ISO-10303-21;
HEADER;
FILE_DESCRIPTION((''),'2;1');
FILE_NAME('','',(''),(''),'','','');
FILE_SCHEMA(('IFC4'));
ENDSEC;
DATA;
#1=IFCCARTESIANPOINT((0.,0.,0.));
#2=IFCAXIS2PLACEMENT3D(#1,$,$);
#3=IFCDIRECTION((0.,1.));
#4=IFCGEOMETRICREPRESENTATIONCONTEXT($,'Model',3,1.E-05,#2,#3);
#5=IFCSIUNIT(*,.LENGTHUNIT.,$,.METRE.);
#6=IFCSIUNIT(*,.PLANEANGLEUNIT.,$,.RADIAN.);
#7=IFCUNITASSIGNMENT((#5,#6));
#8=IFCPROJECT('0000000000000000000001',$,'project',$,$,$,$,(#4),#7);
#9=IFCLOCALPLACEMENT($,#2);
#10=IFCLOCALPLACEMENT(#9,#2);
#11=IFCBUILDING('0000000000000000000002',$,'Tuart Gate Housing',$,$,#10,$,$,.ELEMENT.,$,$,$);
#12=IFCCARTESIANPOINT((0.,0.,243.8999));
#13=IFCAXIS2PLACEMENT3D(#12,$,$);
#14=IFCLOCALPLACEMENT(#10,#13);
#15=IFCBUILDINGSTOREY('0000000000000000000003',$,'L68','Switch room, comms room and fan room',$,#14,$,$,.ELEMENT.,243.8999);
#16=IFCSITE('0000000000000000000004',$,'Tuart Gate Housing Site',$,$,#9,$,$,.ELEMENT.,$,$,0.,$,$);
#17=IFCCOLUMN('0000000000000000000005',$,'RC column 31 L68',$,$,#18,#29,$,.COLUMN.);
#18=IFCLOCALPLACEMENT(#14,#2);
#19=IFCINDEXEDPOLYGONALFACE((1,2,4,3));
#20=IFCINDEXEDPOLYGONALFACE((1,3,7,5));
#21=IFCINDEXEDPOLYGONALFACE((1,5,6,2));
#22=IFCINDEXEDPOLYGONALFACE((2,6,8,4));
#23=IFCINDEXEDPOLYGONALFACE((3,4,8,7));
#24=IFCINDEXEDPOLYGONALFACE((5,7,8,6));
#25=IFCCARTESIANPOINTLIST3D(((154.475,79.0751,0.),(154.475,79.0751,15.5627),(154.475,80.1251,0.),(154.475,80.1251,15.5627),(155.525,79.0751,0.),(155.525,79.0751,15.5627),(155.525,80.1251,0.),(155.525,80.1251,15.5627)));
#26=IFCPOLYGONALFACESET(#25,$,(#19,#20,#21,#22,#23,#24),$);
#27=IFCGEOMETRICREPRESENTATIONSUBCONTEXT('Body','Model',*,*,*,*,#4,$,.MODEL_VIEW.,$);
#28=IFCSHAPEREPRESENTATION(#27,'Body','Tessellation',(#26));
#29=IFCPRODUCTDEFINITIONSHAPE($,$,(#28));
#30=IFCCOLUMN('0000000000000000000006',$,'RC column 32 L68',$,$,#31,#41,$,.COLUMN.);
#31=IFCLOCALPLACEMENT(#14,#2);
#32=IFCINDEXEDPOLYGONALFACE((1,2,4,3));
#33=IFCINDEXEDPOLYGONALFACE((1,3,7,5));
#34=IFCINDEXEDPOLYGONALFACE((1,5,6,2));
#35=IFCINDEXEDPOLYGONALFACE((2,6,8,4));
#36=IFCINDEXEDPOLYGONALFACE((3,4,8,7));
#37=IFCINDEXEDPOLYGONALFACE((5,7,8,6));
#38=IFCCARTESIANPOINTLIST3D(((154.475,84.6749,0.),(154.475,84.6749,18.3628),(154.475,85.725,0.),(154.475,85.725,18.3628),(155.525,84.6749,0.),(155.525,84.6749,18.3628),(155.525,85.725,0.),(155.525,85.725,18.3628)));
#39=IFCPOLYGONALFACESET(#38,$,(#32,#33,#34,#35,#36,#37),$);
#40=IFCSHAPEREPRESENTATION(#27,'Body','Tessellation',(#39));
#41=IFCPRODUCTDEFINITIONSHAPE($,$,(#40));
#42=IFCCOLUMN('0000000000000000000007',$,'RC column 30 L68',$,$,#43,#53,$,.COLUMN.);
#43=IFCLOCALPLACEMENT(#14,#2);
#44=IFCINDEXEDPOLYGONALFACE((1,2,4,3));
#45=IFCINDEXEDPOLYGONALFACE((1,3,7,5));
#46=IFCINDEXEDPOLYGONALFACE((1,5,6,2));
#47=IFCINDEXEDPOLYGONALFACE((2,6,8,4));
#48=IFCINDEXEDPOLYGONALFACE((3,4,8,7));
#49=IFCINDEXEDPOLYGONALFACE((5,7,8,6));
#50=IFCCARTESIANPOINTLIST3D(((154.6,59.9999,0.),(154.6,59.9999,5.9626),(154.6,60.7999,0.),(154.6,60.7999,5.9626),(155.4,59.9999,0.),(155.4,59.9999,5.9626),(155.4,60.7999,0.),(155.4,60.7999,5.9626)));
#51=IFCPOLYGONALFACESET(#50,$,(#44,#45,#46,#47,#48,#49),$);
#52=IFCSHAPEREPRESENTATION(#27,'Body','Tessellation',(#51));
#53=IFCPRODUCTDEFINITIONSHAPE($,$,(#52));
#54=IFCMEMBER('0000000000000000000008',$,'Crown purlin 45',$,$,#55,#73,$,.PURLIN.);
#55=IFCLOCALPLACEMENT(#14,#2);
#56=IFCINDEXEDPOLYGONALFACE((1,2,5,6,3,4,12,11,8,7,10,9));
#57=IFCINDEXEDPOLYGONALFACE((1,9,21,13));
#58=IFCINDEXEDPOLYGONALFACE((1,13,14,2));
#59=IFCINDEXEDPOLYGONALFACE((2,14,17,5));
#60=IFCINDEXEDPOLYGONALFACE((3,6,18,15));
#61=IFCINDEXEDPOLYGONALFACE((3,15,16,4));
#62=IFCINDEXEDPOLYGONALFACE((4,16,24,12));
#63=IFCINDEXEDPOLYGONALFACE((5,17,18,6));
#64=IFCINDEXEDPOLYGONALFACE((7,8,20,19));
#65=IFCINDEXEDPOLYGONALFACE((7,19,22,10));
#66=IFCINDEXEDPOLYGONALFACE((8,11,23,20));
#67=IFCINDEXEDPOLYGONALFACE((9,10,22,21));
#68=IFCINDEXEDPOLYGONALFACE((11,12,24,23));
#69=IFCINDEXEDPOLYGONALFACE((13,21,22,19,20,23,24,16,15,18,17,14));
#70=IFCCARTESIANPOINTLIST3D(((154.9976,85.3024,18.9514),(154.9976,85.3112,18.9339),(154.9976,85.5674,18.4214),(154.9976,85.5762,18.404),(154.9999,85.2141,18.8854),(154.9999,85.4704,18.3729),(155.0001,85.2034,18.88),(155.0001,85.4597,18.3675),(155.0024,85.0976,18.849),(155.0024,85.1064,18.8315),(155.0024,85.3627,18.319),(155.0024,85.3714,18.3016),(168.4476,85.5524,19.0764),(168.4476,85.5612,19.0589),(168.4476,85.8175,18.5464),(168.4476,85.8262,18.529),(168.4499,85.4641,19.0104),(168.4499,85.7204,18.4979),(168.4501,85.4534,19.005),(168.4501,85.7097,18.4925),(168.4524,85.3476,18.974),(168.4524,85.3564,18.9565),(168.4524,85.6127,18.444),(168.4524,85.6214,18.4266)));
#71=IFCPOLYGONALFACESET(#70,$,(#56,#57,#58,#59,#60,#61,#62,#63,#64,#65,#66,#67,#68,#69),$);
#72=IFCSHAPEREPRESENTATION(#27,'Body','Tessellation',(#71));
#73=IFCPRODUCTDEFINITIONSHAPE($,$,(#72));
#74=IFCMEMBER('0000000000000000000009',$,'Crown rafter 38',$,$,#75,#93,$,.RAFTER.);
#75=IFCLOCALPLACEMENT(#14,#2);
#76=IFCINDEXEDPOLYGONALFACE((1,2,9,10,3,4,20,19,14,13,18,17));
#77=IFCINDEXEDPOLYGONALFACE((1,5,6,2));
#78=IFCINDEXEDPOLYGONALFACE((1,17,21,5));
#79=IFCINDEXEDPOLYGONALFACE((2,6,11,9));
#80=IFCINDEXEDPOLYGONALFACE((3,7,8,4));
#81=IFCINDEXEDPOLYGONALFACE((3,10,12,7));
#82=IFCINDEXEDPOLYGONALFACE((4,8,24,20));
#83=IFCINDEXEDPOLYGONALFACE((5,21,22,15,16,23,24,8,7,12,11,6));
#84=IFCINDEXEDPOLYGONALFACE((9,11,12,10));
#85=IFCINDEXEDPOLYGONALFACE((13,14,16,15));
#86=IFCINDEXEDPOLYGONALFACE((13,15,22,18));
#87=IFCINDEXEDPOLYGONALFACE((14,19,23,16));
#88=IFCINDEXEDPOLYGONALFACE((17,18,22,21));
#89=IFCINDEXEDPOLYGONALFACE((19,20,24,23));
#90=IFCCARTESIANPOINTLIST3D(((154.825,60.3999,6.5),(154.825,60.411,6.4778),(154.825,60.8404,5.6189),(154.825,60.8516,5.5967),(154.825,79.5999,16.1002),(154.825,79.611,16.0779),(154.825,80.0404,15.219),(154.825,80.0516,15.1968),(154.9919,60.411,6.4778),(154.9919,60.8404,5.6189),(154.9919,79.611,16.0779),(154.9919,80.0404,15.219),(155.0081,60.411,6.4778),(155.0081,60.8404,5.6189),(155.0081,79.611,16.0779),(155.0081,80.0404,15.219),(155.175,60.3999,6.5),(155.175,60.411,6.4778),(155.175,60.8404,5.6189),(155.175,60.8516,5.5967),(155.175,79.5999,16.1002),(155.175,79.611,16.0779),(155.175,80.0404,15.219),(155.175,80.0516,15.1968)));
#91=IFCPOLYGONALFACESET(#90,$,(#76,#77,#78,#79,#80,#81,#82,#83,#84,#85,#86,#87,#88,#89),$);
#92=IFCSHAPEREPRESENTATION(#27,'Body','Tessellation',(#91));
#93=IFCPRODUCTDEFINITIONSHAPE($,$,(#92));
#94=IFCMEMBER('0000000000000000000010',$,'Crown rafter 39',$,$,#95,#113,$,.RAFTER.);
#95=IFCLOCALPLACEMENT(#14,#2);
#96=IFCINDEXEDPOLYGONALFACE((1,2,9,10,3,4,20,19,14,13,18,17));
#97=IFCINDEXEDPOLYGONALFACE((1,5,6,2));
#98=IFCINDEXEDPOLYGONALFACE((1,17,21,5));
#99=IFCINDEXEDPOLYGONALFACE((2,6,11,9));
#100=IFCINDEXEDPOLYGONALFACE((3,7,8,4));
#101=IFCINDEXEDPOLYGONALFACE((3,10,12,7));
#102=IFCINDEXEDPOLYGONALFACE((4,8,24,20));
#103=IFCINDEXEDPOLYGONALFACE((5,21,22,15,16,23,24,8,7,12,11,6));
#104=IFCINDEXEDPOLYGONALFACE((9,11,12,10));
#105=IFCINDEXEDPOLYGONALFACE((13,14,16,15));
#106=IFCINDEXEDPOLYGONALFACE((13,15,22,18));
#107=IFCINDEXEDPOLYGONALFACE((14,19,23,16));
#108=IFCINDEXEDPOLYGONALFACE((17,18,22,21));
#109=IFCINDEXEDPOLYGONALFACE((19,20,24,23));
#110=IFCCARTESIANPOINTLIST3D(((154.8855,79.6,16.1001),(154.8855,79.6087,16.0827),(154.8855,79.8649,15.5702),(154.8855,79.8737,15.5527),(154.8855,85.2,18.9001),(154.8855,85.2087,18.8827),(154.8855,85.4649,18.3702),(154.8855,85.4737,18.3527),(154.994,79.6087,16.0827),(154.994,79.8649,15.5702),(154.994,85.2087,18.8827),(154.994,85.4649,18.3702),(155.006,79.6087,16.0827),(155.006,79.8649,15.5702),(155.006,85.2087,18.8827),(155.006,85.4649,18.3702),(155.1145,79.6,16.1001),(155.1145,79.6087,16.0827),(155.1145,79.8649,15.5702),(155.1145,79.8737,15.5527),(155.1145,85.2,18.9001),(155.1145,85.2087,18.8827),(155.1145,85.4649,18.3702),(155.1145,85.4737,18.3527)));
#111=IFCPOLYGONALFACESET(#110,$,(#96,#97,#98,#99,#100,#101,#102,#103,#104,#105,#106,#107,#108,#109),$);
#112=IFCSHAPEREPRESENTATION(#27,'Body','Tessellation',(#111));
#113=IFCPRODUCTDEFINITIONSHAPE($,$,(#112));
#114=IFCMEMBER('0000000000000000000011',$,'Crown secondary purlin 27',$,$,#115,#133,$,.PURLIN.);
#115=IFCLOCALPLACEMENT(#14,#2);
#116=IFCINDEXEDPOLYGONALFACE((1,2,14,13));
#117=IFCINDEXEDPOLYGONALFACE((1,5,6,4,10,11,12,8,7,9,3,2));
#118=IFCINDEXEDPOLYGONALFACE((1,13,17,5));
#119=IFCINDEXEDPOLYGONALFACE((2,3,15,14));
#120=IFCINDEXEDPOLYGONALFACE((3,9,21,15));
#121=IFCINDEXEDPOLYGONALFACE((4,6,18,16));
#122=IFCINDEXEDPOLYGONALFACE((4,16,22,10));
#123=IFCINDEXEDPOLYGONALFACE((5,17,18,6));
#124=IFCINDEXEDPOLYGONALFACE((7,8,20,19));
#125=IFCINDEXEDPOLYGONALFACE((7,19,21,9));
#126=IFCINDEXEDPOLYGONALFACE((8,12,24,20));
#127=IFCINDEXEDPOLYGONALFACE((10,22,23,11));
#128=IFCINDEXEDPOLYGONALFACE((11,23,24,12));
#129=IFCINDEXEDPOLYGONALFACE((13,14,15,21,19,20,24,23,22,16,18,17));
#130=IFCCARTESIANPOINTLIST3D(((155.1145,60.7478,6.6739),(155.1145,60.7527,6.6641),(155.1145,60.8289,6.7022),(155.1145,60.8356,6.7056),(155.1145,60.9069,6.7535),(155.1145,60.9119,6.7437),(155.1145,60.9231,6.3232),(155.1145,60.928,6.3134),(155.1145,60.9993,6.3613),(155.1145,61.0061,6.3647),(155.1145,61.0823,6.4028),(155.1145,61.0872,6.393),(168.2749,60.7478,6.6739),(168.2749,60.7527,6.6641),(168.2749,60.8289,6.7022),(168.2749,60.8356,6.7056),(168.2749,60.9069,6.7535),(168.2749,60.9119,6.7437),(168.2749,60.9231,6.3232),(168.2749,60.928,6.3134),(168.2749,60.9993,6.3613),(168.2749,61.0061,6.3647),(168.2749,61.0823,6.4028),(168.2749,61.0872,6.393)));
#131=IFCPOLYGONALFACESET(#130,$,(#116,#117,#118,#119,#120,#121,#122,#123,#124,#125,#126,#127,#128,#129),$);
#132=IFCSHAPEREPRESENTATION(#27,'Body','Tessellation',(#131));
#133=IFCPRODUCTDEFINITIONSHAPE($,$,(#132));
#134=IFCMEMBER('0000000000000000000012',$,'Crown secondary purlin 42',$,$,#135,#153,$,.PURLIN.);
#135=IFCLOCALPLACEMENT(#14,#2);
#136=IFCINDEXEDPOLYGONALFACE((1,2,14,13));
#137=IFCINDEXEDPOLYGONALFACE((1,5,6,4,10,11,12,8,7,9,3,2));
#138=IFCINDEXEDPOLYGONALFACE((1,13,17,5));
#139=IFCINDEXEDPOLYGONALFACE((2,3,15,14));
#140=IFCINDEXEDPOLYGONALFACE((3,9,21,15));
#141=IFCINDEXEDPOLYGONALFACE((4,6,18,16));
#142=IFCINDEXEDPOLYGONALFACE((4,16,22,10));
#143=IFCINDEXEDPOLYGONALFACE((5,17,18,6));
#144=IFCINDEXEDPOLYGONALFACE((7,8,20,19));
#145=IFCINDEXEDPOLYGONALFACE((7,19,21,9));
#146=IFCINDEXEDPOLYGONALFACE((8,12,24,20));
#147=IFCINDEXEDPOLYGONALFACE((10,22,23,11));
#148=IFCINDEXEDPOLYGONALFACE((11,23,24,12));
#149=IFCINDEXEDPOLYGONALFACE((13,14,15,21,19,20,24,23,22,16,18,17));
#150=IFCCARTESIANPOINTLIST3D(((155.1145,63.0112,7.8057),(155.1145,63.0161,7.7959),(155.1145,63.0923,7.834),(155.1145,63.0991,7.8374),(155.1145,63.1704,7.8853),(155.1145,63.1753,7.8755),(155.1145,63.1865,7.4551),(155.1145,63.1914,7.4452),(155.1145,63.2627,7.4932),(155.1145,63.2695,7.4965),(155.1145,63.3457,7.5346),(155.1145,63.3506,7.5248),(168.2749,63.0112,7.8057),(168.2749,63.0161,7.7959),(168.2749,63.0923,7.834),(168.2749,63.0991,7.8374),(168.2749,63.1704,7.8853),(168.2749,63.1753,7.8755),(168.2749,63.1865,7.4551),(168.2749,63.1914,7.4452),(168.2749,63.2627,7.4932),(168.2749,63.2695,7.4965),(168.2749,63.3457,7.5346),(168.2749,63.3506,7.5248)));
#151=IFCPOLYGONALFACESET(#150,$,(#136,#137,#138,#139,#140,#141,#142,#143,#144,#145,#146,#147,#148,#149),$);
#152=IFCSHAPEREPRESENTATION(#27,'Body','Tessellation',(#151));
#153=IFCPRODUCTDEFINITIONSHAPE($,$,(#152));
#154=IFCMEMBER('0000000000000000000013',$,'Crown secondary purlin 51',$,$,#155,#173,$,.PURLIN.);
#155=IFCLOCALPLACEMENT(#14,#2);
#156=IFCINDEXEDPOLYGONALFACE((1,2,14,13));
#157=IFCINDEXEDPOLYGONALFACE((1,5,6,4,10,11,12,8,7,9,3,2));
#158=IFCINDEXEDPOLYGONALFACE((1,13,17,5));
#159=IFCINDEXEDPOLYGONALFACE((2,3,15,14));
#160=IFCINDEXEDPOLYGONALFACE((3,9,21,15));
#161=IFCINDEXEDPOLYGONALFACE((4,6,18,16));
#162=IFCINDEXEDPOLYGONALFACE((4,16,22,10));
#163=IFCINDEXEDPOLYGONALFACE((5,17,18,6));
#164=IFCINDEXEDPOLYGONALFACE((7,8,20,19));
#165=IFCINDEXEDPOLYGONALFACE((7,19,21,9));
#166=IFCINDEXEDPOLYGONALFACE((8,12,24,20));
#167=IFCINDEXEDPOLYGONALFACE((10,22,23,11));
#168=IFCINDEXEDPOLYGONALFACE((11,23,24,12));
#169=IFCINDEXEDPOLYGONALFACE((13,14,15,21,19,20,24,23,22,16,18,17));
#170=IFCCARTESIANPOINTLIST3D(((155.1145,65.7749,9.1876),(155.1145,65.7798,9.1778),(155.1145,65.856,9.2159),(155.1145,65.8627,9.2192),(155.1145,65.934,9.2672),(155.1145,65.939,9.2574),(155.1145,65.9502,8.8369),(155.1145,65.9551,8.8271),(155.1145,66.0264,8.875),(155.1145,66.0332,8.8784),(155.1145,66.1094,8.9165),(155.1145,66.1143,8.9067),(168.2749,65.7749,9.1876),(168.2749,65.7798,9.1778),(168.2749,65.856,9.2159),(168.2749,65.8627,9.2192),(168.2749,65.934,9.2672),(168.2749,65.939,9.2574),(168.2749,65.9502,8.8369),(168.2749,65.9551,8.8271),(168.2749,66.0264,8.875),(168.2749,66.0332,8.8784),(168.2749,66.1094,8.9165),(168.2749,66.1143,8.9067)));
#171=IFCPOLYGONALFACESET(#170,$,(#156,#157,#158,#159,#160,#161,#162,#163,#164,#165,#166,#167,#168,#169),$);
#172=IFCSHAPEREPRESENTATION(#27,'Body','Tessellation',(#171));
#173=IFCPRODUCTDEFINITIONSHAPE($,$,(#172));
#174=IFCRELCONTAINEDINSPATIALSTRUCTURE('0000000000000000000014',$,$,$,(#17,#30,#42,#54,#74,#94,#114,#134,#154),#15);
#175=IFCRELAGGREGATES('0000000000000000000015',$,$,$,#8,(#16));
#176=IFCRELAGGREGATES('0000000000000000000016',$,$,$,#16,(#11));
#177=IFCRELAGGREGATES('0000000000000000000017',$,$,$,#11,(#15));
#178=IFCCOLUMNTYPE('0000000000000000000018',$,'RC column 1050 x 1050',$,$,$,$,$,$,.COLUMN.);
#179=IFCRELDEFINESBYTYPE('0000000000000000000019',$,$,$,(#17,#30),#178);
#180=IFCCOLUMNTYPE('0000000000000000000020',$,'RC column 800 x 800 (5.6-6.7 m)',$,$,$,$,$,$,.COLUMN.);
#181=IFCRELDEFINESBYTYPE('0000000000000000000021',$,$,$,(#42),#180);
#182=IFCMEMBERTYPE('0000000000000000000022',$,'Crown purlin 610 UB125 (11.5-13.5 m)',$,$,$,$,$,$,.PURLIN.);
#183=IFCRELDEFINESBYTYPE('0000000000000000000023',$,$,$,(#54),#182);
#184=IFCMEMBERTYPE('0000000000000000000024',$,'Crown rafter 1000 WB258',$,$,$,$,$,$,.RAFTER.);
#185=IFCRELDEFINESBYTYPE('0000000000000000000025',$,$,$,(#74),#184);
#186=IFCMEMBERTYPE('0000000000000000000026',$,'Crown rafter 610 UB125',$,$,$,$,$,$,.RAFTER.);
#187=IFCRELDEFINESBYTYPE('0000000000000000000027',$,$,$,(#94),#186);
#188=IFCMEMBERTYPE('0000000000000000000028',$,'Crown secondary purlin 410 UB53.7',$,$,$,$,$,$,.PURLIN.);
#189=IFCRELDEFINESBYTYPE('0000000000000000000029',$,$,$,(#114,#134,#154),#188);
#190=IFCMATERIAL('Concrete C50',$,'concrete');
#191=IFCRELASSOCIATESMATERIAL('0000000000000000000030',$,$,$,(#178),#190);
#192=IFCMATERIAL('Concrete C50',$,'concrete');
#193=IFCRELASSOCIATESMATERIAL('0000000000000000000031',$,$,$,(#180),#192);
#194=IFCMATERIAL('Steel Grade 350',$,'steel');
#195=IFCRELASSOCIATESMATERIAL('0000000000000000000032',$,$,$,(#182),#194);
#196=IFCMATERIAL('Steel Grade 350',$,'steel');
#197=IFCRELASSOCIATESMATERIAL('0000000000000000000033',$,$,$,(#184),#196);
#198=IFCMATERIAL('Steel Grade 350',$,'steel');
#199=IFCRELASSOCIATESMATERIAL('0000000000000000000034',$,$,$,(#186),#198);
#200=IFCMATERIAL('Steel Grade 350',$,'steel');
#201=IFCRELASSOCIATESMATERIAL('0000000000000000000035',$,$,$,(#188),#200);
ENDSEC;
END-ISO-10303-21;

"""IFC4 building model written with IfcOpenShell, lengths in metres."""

from ifc_helpers import new_model, si_unit, direction, frame, origin, origin_2d, place, context, subcontext, project, spatial, rectangle, i_section, extrude, material, material_profile, profile_set, type_object, element, save


model = new_model("IFC4")

# Units and contexts
model_context = context("Model", 3, precision=1e-05, world=origin(), true_north=direction((0.0, 1.0)))
body_context = subcontext(model_context, "Body", "Model", "MODEL_VIEW")
ifc_project = project(units=[si_unit("LENGTHUNIT", "METRE"), si_unit("PLANEANGLEUNIT", "RADIAN")], contexts=[model_context])

# Site, building, storey
site_placement = place(None, origin())
site = spatial("IfcSite", under=ifc_project, at=site_placement, Name="Tuart Gate Housing Site", CompositionType="ELEMENT", RefElevation=0.0)
building_placement = place(site_placement, origin())
building = spatial("IfcBuilding", under=site, at=building_placement, Name="Tuart Gate Housing", CompositionType="ELEMENT")
storey_placement = place(building_placement, frame((0.0, 0.0, 243.8999)))
storey = spatial("IfcBuildingStorey", under=building, at=storey_placement, Name="L68", Description="Switch room, comms room and fan room", CompositionType="ELEMENT", Elevation=243.8999)

# Columns
ifc_material_1 = material(Name="Concrete C50", Category="concrete")
ifc_material_profile_1 = material_profile(ifc_material_1, rectangle(XDim=1.05, YDim=1.05, at=origin_2d()), Name="RC column 1050 x 1050")
ifc_profile_set_1 = profile_set([ifc_material_profile_1], Name="Concrete C50")
column_type_1 = type_object("IfcColumnType", Name="RC column 1050 x 1050", PredefinedType="COLUMN", material=ifc_profile_set_1)
column_1_placement = place(storey_placement, frame((155.0, 79.6001, 0.0), z_axis=(0.0, 0.0, 1.0), x_axis=(1.0, 0.0, 0.0)))
element("IfcColumn", 1, at=column_1_placement, inside=storey, type_object=column_type_1, Name="RC column 31 L68", PredefinedType="COLUMN", context=body_context, shape_type="SweptSolid", body=[
    extrude(rectangle(XDim=1.05, YDim=1.05, at=origin_2d()), origin(), (0.0, 0.0, 1.0), 15.5627),
])
column_2_placement = place(storey_placement, frame((155.0, 85.2, 0.0), z_axis=(0.0, 0.0, 1.0), x_axis=(1.0, 0.0, 0.0)))
element("IfcColumn", 2, at=column_2_placement, inside=storey, type_object=column_type_1, Name="RC column 32 L68", PredefinedType="COLUMN", context=body_context, shape_type="SweptSolid", body=[
    extrude(rectangle(XDim=1.05, YDim=1.05, at=origin_2d()), origin(), (0.0, 0.0, 1.0), 18.3628),
])
ifc_material_2 = material(Name="Concrete C50", Category="concrete")
ifc_material_profile_2 = material_profile(ifc_material_2, rectangle(XDim=0.8, YDim=0.8, at=origin_2d()), Name="RC column 800 x 800 (5.6-6.7 m)")
ifc_profile_set_2 = profile_set([ifc_material_profile_2], Name="Concrete C50")
column_type_2 = type_object("IfcColumnType", Name="RC column 800 x 800 (5.6-6.7 m)", PredefinedType="COLUMN", material=ifc_profile_set_2)
column_3_placement = place(storey_placement, frame((155.0, 60.3999, 0.0), z_axis=(0.0, 0.0, 1.0), x_axis=(1.0, 0.0, 0.0)))
element("IfcColumn", 3, at=column_3_placement, inside=storey, type_object=column_type_2, Name="RC column 30 L68", PredefinedType="COLUMN", context=body_context, shape_type="SweptSolid", body=[
    extrude(rectangle(XDim=0.8, YDim=0.8, at=origin_2d()), origin(), (0.0, 0.0, 1.0), 5.9626),
])

# Members
ifc_material_3 = material(Name="Steel Grade 350", Category="steel")
ifc_material_profile_3 = material_profile(ifc_material_3, i_section(OverallWidth=0.229, OverallDepth=0.6121, WebThickness=0.012, FlangeThickness=0.0195, at=origin_2d()), Name="610UB125")
ifc_profile_set_3 = profile_set([ifc_material_profile_3], Name="Steel Grade 350")
member_type_1 = type_object("IfcMemberType", Name="Crown purlin 610 UB125 (11.5-13.5 m)", PredefinedType="PURLIN", material=ifc_profile_set_3)
member_1_placement = place(storey_placement, frame((155.0, 85.3369, 18.6265), z_axis=(0.999784, 0.018583, 0.009292), x_axis=(-0.020777, 0.894195, 0.447195)))
element("IfcMember", 4, at=member_1_placement, inside=storey, type_object=member_type_1, Name="Crown purlin 45", PredefinedType="PURLIN", context=body_context, shape_type="SweptSolid", body=[
    extrude(i_section(OverallWidth=0.229, OverallDepth=0.6121, WebThickness=0.012, FlangeThickness=0.0195, at=origin_2d()), origin(), (0.0, 0.0, 1.0), 13.4529),
])
ifc_material_4 = material(Name="Steel Grade 350", Category="steel")
ifc_material_profile_4 = material_profile(ifc_material_4, i_section(OverallWidth=0.3501, OverallDepth=1.01, WebThickness=0.0161, FlangeThickness=0.0249, at=origin_2d()), Name="1000WB258")
ifc_profile_set_4 = profile_set([ifc_material_profile_4], Name="Steel Grade 350")
member_type_2 = type_object("IfcMemberType", Name="Crown rafter 1000 WB258", PredefinedType="RAFTER", material=ifc_profile_set_4)
member_2_placement = place(storey_placement, frame((155.0, 60.6257, 6.0483), z_axis=(0.0, 0.894425, 0.447218), x_axis=(-1.0, 0.0, 0.0)))
element("IfcMember", 5, at=member_2_placement, inside=storey, type_object=member_type_2, Name="Crown rafter 38", PredefinedType="RAFTER", context=body_context, shape_type="SweptSolid", body=[
    extrude(i_section(OverallWidth=0.3501, OverallDepth=1.01, WebThickness=0.0161, FlangeThickness=0.0249, at=origin_2d()), origin(), (0.0, 0.0, 1.0), 21.4663),
])
ifc_material_5 = material(Name="Steel Grade 350", Category="steel")
ifc_material_profile_5 = material_profile(ifc_material_5, i_section(OverallWidth=0.229, OverallDepth=0.6121, WebThickness=0.012, FlangeThickness=0.0195, at=origin_2d()), Name="610UB125")
ifc_profile_set_5 = profile_set([ifc_material_profile_5], Name="Steel Grade 350")
member_type_3 = type_object("IfcMemberType", Name="Crown rafter 610 UB125", PredefinedType="RAFTER", material=ifc_profile_set_5)
member_3_placement = place(storey_placement, frame((155.0, 79.7368, 15.8264), z_axis=(0.0, 0.894427, 0.447214), x_axis=(-1.0, 0.0, 0.0)))
element("IfcMember", 6, at=member_3_placement, inside=storey, type_object=member_type_3, Name="Crown rafter 39", PredefinedType="RAFTER", context=body_context, shape_type="SweptSolid", body=[
    extrude(i_section(OverallWidth=0.229, OverallDepth=0.6121, WebThickness=0.012, FlangeThickness=0.0195, at=origin_2d()), origin(), (0.0, 0.0, 1.0), 6.261),
])
ifc_material_6 = material(Name="Steel Grade 350", Category="steel")
ifc_material_profile_6 = material_profile(ifc_material_6, i_section(OverallWidth=0.178, OverallDepth=0.4031, WebThickness=0.0076, FlangeThickness=0.011, at=origin_2d()), Name="410UB53.7")
ifc_profile_set_6 = profile_set([ifc_material_profile_6], Name="Steel Grade 350")
member_type_4 = type_object("IfcMemberType", Name="Crown secondary purlin 410 UB53.7", PredefinedType="PURLIN", material=ifc_profile_set_6)
for number, where, z_axis, x_axis, name in (
    (7, (155.1145, 60.9175, 6.5334), (1.0, 0.0, 0.0), (0.0, 0.894427, 0.447214), "Crown secondary purlin 27"),
    (8, (155.1145, 63.1809, 7.6653), (1.0, 0.0, 0.0), (0.0, 0.894427, 0.447214), "Crown secondary purlin 42"),
    (9, (155.1145, 65.9446, 9.0471), (1.0, 0.0, 0.0), (0.0, 0.894427, 0.447214), "Crown secondary purlin 51"),
):
    element("IfcMember", number, at=place(storey_placement, frame(where, z_axis=z_axis, x_axis=x_axis)), inside=storey, type_object=member_type_4, Name=name, PredefinedType="PURLIN", context=body_context, shape_type="SweptSolid", body=[
        extrude(i_section(OverallWidth=0.178, OverallDepth=0.4031, WebThickness=0.0076, FlangeThickness=0.011, at=origin_2d()), origin(), (0.0, 0.0, 1.0), 13.1604),
    ])

save(model, "model.ifc")
